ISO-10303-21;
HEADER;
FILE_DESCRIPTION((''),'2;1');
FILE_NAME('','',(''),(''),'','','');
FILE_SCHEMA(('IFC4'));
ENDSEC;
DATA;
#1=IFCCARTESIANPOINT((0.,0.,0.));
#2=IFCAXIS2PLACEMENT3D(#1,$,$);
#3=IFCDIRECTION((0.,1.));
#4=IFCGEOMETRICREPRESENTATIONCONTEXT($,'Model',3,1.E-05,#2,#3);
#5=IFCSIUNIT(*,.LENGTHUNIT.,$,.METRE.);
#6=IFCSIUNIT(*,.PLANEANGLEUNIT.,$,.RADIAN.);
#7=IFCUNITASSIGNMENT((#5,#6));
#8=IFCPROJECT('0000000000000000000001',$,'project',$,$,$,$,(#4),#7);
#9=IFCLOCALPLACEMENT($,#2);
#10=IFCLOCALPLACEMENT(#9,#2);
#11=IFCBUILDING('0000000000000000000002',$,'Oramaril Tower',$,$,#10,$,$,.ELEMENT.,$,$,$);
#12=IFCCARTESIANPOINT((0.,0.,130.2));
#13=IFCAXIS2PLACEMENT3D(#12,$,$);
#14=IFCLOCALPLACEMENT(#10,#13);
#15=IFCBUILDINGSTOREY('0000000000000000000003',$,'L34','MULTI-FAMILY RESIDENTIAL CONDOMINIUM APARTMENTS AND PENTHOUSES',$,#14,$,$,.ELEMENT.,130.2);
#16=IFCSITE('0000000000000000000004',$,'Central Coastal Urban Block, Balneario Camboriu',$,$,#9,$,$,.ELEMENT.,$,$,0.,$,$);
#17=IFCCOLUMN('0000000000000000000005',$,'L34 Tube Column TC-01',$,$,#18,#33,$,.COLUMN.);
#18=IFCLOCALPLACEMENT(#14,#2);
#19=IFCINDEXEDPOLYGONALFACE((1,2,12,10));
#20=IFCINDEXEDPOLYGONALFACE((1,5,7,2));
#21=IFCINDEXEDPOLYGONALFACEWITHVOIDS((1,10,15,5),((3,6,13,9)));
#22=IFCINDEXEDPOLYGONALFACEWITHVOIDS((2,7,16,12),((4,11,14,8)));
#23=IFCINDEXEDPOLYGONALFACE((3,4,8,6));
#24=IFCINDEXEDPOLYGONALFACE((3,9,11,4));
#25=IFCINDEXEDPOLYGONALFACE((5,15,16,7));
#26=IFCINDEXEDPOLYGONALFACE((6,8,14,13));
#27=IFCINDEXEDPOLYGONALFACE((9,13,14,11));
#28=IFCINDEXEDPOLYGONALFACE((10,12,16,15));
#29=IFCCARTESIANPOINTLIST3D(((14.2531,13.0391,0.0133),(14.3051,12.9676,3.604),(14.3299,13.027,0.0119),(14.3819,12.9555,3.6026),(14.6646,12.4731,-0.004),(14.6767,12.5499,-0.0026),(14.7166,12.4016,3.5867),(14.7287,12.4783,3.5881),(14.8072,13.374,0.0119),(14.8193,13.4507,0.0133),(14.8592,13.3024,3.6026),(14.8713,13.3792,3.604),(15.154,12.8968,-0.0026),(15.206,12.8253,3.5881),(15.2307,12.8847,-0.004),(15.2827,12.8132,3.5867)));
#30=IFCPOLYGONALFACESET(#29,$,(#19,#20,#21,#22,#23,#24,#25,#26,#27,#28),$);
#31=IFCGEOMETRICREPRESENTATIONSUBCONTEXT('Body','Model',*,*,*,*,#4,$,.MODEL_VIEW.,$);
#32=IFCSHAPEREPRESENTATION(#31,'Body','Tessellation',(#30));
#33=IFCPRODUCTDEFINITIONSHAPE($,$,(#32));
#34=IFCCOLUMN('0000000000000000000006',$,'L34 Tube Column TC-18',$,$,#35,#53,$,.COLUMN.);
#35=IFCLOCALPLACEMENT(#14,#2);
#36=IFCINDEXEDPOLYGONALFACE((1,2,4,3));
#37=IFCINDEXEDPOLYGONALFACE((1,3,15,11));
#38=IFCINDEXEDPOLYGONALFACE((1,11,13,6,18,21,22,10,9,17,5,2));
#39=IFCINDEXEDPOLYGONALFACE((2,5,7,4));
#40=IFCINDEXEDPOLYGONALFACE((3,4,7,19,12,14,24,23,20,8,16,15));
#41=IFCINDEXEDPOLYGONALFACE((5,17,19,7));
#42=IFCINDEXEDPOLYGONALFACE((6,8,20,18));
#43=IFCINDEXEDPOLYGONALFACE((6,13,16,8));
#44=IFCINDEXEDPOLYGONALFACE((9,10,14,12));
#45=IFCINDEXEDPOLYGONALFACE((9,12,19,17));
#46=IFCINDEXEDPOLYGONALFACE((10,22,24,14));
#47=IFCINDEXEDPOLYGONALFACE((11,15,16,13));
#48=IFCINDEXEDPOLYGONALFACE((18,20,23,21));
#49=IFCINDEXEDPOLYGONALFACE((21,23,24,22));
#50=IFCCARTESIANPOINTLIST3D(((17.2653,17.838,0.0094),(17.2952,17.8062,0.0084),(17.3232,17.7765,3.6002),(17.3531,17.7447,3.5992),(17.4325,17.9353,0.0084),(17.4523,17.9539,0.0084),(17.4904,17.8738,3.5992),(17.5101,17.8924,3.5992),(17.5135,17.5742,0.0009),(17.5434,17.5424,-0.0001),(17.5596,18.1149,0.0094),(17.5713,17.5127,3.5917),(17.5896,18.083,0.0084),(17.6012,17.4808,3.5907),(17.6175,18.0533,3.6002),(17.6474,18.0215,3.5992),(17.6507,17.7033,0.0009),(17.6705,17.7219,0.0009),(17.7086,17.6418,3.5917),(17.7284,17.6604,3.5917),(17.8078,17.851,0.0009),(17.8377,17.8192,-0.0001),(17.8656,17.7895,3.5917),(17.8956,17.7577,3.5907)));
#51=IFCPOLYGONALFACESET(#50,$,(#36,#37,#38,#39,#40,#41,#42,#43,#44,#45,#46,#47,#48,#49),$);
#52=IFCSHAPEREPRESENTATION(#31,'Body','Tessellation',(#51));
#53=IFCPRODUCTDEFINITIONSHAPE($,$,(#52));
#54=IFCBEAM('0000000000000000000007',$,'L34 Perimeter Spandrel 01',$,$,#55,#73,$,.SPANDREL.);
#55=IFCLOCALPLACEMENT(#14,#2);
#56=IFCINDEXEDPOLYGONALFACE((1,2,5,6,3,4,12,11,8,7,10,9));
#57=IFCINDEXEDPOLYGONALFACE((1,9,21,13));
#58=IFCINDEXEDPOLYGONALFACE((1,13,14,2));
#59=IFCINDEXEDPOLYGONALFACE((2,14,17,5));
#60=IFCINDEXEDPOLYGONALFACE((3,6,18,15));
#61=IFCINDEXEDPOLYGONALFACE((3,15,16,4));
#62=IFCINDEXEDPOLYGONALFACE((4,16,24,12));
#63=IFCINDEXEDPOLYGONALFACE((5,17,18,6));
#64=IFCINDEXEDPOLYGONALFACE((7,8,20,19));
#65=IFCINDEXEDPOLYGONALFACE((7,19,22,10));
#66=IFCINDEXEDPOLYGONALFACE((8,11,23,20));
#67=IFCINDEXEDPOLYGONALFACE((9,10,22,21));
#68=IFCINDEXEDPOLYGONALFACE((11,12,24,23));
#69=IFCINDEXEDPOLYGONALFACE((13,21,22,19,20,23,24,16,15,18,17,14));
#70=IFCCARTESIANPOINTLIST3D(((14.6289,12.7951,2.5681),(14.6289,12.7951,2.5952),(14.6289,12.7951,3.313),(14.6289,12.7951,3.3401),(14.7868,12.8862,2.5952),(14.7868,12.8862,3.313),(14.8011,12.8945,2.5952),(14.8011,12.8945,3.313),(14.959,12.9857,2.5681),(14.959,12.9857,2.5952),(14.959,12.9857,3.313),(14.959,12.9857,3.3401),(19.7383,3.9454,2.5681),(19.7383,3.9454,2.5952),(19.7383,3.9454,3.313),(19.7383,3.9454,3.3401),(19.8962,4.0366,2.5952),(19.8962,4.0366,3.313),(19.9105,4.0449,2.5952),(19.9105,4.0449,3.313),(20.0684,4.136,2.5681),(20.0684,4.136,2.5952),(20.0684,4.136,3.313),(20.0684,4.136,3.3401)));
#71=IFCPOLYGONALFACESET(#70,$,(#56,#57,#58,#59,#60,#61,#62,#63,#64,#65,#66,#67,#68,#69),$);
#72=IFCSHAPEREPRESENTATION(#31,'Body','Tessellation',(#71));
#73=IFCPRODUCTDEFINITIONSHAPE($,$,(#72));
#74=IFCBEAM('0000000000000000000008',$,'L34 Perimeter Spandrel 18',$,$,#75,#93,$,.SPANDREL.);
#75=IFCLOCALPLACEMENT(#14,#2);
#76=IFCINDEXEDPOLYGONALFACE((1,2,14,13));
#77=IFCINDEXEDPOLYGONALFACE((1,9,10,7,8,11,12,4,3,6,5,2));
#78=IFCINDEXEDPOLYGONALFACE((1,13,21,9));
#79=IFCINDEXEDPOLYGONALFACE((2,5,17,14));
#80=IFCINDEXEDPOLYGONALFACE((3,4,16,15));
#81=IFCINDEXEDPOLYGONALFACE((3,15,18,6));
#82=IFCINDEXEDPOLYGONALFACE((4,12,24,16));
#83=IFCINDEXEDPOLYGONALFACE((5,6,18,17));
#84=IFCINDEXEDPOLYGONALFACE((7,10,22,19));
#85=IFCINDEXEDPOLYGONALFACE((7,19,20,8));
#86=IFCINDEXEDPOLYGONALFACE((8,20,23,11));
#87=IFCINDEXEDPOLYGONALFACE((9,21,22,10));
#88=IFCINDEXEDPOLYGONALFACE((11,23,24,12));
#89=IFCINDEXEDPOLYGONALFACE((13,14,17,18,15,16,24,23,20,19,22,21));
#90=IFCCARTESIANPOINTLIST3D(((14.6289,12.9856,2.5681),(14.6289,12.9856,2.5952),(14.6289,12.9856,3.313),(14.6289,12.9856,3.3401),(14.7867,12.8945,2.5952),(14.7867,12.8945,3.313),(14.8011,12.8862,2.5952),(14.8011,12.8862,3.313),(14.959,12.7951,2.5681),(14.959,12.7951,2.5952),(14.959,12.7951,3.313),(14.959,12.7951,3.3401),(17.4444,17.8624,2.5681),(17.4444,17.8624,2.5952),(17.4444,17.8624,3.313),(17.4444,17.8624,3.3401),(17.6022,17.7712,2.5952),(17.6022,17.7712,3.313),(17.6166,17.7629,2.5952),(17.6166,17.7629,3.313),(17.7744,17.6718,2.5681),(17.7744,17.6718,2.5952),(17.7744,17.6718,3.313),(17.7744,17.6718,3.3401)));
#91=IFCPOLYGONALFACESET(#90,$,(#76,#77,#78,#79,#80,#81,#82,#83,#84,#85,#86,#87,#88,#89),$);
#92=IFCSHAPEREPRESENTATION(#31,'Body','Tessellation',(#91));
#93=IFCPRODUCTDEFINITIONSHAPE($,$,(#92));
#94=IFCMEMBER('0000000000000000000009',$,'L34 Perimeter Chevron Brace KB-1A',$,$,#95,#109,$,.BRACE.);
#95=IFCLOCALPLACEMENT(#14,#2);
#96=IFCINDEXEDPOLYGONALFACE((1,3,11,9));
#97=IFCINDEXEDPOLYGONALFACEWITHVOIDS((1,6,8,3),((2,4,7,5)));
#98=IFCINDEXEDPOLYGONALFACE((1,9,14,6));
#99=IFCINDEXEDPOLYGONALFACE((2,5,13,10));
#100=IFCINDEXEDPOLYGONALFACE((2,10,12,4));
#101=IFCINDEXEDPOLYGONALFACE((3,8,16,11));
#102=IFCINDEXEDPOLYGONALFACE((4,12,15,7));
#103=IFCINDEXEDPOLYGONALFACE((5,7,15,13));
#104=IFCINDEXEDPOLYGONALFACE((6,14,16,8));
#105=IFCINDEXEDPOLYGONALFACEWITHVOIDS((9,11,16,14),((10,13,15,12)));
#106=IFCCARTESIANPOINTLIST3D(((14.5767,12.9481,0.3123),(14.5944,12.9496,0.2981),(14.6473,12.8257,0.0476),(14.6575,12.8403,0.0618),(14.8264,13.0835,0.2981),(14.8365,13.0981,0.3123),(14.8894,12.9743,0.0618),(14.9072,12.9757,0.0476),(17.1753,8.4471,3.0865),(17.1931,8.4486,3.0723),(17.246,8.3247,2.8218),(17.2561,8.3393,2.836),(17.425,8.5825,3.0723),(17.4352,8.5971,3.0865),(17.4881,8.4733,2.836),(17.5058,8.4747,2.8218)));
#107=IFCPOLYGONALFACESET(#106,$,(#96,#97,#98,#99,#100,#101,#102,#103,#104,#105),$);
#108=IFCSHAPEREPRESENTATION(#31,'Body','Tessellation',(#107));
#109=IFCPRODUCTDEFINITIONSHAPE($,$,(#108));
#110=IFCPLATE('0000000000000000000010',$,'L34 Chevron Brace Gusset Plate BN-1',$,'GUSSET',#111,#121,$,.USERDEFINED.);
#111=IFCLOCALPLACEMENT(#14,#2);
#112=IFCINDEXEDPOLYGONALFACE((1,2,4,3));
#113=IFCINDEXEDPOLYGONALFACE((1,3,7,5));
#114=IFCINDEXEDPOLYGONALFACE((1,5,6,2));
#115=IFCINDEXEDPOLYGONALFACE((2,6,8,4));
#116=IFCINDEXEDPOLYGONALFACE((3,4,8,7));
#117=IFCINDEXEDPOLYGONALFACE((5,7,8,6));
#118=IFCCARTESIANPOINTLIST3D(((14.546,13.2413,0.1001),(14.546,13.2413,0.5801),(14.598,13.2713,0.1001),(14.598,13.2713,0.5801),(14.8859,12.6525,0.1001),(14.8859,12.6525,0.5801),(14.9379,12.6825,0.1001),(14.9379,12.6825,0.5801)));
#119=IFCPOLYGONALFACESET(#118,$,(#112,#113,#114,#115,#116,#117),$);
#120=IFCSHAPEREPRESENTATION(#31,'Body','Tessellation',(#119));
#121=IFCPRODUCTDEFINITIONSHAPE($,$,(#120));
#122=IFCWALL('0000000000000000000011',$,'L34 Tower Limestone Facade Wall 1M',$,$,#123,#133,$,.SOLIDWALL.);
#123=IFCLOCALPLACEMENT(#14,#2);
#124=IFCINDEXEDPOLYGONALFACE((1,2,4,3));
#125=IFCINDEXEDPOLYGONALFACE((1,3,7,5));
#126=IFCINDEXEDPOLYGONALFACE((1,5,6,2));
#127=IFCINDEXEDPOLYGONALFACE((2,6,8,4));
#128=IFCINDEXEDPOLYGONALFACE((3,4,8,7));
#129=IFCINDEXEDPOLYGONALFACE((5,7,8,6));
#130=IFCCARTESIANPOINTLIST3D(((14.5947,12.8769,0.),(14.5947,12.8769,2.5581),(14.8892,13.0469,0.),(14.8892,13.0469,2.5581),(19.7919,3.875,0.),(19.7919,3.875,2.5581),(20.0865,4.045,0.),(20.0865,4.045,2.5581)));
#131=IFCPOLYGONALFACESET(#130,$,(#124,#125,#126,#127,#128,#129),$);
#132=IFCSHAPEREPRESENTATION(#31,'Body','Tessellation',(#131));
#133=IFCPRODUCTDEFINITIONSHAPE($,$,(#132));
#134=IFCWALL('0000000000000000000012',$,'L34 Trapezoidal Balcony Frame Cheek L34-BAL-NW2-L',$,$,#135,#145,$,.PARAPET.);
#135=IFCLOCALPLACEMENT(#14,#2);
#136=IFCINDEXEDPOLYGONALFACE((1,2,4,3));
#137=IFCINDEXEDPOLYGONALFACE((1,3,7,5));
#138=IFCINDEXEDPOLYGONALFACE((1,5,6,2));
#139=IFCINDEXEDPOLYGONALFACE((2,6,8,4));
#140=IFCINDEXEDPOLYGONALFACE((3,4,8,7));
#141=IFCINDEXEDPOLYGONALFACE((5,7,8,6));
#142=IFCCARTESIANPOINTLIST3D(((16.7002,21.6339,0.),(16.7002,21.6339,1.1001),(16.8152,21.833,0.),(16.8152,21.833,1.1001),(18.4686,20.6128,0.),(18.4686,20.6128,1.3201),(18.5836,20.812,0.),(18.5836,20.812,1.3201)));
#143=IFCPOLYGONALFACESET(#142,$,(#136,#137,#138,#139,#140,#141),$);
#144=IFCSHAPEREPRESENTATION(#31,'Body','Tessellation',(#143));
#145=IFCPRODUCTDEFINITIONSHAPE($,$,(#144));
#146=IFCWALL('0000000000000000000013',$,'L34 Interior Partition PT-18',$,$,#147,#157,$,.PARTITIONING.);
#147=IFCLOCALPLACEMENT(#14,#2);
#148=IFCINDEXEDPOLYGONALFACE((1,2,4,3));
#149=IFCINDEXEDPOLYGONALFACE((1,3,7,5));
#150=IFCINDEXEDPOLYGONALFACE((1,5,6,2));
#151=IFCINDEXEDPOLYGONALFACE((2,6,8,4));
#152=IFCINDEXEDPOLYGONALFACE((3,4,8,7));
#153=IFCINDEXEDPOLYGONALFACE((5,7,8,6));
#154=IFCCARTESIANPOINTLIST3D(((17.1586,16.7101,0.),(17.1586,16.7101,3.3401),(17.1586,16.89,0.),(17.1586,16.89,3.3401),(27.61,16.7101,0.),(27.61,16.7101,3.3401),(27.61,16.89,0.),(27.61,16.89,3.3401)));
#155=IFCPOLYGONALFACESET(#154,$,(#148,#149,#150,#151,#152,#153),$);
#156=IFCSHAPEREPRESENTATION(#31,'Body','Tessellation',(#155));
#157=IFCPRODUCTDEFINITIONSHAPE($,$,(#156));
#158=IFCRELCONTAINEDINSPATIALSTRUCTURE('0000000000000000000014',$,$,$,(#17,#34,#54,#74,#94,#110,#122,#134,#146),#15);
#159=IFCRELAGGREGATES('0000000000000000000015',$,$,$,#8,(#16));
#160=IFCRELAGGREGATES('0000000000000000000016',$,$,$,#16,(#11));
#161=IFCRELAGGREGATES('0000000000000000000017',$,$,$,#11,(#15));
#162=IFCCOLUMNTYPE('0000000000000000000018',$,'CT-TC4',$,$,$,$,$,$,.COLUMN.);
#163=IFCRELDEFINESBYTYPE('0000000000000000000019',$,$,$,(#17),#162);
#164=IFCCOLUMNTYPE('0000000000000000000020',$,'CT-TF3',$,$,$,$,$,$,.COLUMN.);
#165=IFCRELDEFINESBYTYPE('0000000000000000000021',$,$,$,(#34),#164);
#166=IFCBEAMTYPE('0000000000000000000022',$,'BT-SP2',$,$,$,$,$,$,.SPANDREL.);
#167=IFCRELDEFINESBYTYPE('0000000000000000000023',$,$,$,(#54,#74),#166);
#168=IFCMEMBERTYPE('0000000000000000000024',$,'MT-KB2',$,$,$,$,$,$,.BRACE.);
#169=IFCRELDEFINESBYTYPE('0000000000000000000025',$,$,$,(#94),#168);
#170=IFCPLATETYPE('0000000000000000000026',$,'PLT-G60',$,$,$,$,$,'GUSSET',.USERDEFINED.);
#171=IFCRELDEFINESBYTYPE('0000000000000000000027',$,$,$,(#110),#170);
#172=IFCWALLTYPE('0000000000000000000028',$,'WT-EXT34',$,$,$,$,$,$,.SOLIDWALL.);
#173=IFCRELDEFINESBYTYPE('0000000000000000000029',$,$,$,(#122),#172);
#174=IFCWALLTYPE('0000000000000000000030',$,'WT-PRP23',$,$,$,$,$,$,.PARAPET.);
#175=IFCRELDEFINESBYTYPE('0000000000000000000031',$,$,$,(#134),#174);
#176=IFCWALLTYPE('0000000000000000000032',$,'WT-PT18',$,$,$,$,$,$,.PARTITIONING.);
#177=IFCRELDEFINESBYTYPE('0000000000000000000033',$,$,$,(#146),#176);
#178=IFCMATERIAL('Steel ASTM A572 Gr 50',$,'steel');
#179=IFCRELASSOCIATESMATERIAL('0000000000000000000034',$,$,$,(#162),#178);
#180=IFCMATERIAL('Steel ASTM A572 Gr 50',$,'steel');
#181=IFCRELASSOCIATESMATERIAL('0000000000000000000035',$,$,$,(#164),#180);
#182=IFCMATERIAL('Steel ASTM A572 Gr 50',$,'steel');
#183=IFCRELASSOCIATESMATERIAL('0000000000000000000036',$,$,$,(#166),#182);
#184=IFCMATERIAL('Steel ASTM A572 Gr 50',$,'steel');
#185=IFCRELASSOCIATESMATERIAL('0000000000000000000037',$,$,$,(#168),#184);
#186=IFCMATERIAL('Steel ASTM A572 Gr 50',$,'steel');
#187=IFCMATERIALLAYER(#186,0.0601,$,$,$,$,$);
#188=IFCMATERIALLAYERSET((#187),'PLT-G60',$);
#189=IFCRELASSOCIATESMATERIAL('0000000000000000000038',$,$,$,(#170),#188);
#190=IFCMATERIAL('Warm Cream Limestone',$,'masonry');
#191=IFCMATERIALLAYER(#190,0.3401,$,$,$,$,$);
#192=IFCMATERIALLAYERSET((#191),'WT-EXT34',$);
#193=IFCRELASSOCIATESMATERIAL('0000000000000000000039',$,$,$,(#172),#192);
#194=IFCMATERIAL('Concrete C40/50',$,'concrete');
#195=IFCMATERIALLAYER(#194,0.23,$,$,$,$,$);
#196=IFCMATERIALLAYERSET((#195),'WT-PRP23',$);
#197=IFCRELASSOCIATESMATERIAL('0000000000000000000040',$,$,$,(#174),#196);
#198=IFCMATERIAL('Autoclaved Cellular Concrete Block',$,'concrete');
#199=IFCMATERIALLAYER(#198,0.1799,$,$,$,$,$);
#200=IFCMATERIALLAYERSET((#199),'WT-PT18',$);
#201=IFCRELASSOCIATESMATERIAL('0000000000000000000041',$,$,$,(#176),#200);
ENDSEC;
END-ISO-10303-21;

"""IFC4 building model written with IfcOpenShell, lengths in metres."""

from ifc_helpers import new_model, si_unit, direction, frame, frame_2d, origin, origin_2d, place, context, subcontext, project, spatial, polyline, rectangle, hollow_rectangle, i_section, outline, extrude, material, layer, layer_set, material_profile, profile_set, type_object, element, save


model = new_model("IFC4")

# Units and contexts
model_context = context("Model", 3, precision=1e-05, world=origin(), true_north=direction((0.0, 1.0)))
body_context = subcontext(model_context, "Body", "Model", "MODEL_VIEW")
ifc_project = project(units=[si_unit("LENGTHUNIT", "METRE"), si_unit("PLANEANGLEUNIT", "RADIAN")], contexts=[model_context])

# Site, building, storey
site_placement = place(None, origin())
site = spatial("IfcSite", under=ifc_project, at=site_placement, Name="Central Coastal Urban Block, Balneario Camboriu", CompositionType="ELEMENT", RefElevation=0.0)
building_placement = place(site_placement, origin())
building = spatial("IfcBuilding", under=site, at=building_placement, Name="Oramaril Tower", CompositionType="ELEMENT")
storey_placement = place(building_placement, frame((0.0, 0.0, 130.2)))
storey = spatial("IfcBuildingStorey", under=building, at=storey_placement, Name="L34", Description="MULTI-FAMILY RESIDENTIAL CONDOMINIUM APARTMENTS AND PENTHOUSES", CompositionType="ELEMENT", Elevation=130.2)

# Columns
ifc_material_1 = material(Name="Steel ASTM A572 Gr 50", Category="steel")
ifc_material_profile_1 = material_profile(ifc_material_1, hollow_rectangle(XDim=0.7, YDim=0.7, WallThickness=0.0549, at=origin_2d()), Name="BOX700X700X55")
ifc_profile_set_1 = profile_set([ifc_material_profile_1], Name="Steel ASTM A572 Gr 50")
column_type_1 = type_object("IfcColumnType", Name="CT-TC4", PredefinedType="COLUMN", material=ifc_profile_set_1)
column_1_placement = place(storey_placement, frame((14.7419, 12.9619, 0.0046), z_axis=(0.014478, -0.019915, 0.999697), x_axis=(0.808855, 0.588008, 0.0)))
element("IfcColumn", 1, at=column_1_placement, inside=storey, type_object=column_type_1, Name="L34 Tube Column TC-01", PredefinedType="COLUMN", context=body_context, shape_type="SweptSolid", body=[
    extrude(hollow_rectangle(XDim=0.7, YDim=0.7, WallThickness=0.0549, at=origin_2d()), origin(), (0.0, 0.0, 1.0), 3.5918),
])
ifc_material_2 = material(Name="Steel ASTM A572 Gr 50", Category="steel")
ifc_material_profile_2 = material_profile(ifc_material_2, i_section(OverallWidth=0.4041, OverallDepth=0.406, WebThickness=0.0271, FlangeThickness=0.0437, at=origin_2d()), Name="W14X233")
ifc_profile_set_2 = profile_set([ifc_material_profile_2], Name="Steel ASTM A572 Gr 50")
column_type_2 = type_object("IfcColumnType", Name="CT-TF3", PredefinedType="COLUMN", material=ifc_profile_set_2)
column_2_placement = place(storey_placement, frame((17.5515, 17.8286, 0.0046), z_axis=(0.016109, -0.017129, 0.999724), x_axis=(0.728455, 0.685094, 0.0)))
element("IfcColumn", 2, at=column_2_placement, inside=storey, type_object=column_type_2, Name="L34 Tube Column TC-18", PredefinedType="COLUMN", context=body_context, shape_type="SweptSolid", body=[
    extrude(i_section(OverallWidth=0.4041, OverallDepth=0.406, WebThickness=0.0271, FlangeThickness=0.0437, at=origin_2d()), origin(), (0.0, 0.0, 1.0), 3.5918),
])

# Beams
ifc_material_3 = material(Name="Steel ASTM A572 Gr 50", Category="steel")
ifc_material_profile_3 = material_profile(ifc_material_3, i_section(OverallWidth=0.3811, OverallDepth=0.772, WebThickness=0.0166, FlangeThickness=0.0271, at=origin_2d()), Name="W30X173")
ifc_profile_set_3 = profile_set([ifc_material_profile_3], Name="Steel ASTM A572 Gr 50")
beam_type = type_object("IfcBeamType", Name="BT-SP2", PredefinedType="SPANDREL", material=ifc_profile_set_3)
beam_1_placement = place(storey_placement, frame((14.7939, 12.8904, 2.9541), z_axis=(0.500004, -0.866023, 0.0), x_axis=(0.866023, 0.500004, 0.0)))
element("IfcBeam", 3, at=beam_1_placement, inside=storey, type_object=beam_type, Name="L34 Perimeter Spandrel 01", PredefinedType="SPANDREL", context=body_context, shape_type="SweptSolid", body=[
    extrude(i_section(OverallWidth=0.3811, OverallDepth=0.772, WebThickness=0.0166, FlangeThickness=0.0271, at=origin_2d()), origin(), (0.0, 0.0, 1.0), 10.2188),
])
beam_2_placement = place(storey_placement, frame((17.6094, 17.7671, 2.9541), z_axis=(-0.499981, -0.866036, 0.0), x_axis=(0.866036, -0.499981, 0.0)))
element("IfcBeam", 4, at=beam_2_placement, inside=storey, type_object=beam_type, Name="L34 Perimeter Spandrel 18", PredefinedType="SPANDREL", context=body_context, shape_type="SweptSolid", body=[
    extrude(i_section(OverallWidth=0.3811, OverallDepth=0.772, WebThickness=0.0166, FlangeThickness=0.0271, at=origin_2d()), origin(), (0.0, 0.0, 1.0), 5.6311),
])

# Member
ifc_material_4 = material(Name="Steel ASTM A572 Gr 50", Category="steel")
ifc_material_profile_4 = material_profile(ifc_material_4, hollow_rectangle(XDim=0.3, YDim=0.3, WallThickness=0.0161, at=origin_2d()), Name="HSS300X300X16")
ifc_profile_set_4 = profile_set([ifc_material_profile_4], Name="Steel ASTM A572 Gr 50")
member_type = type_object("IfcMemberType", Name="MT-KB2", PredefinedType="BRACE", material=ifc_profile_set_4)
member_placement = place(storey_placement, frame((14.7419, 12.9619, 0.1799), z_axis=(0.441095, -0.764001, 0.470891), x_axis=(0.866026, 0.499999, 0.0)))
element("IfcMember", 5, at=member_placement, inside=storey, type_object=member_type, Name="L34 Perimeter Chevron Brace KB-1A", PredefinedType="BRACE", context=body_context, shape_type="SweptSolid", body=[
    extrude(hollow_rectangle(XDim=0.3, YDim=0.3, WallThickness=0.0161, at=origin_2d()), origin(), (0.0, 0.0, 1.0), 5.8914),
])

# Plate
ifc_material_5 = material(Name="Steel ASTM A572 Gr 50", Category="steel")
ifc_layer_1 = layer(ifc_material_5, 0.0601)
ifc_layer_set_1 = layer_set([ifc_layer_1], Name="PLT-G60")
plate_type = type_object("IfcPlateType", Name="PLT-G60", ElementType="GUSSET", PredefinedType="USERDEFINED", material=ifc_layer_set_1)
plate_placement = place(storey_placement, frame((14.7419, 12.9619, 0.1001), z_axis=(0.0, 0.0, 1.0), x_axis=(0.5, -0.866025, 0.0)))
element("IfcPlate", 6, at=plate_placement, inside=storey, type_object=plate_type, Name="L34 Chevron Brace Gusset Plate BN-1", ObjectType="GUSSET", PredefinedType="USERDEFINED", context=body_context, shape_type="SweptSolid", body=[
    extrude(rectangle(XDim=0.6799, YDim=0.0601, at=origin_2d()), origin(), (0.0, 0.0, 1.0), 0.48),
])

# Walls
ifc_material_6 = material(Name="Warm Cream Limestone", Category="masonry")
ifc_layer_2 = layer(ifc_material_6, 0.3401)
ifc_layer_set_2 = layer_set([ifc_layer_2], Name="WT-EXT34")
wall_type_1 = type_object("IfcWallType", Name="WT-EXT34", PredefinedType="SOLIDWALL", material=ifc_layer_set_2)
wall_1_placement = place(storey_placement, frame((14.7419, 12.9619, 0.0), z_axis=(0.0, 0.0, 1.0), x_axis=(0.499999, -0.866026, 0.0)))
element("IfcWall", 7, at=wall_1_placement, inside=storey, type_object=wall_type_1, Name="L34 Tower Limestone Facade Wall 1M", PredefinedType="SOLIDWALL", context=body_context, shape_type="SweptSolid", body=[
    extrude(rectangle(XDim=10.3945, YDim=0.3401, at=frame_2d((5.1973, 0.0))), origin(), (0.0, 0.0, 1.0), 2.5581),
])
ifc_material_7 = material(Name="Concrete C40/50", Category="concrete")
ifc_layer_3 = layer(ifc_material_7, 0.23)
ifc_layer_set_3 = layer_set([ifc_layer_3], Name="WT-PRP23")
wall_type_2 = type_object("IfcWallType", Name="WT-PRP23", PredefinedType="PARAPET", material=ifc_layer_set_3)
wall_2_placement = place(storey_placement, frame((18.5261, 20.7124, 0.0), z_axis=(0.0, 0.0, 1.0), x_axis=(-0.866012, 0.500023, 0.0)))
element("IfcWall", 8, at=wall_2_placement, inside=storey, type_object=wall_type_2, Name="L34 Trapezoidal Balcony Frame Cheek L34-BAL-NW2-L", PredefinedType="PARAPET", context=body_context, shape_type="SweptSolid", body=[
    extrude(outline(polyline([(0.0, 0.0), (2.042, 0.0), (2.042, 1.1001), (0.0, 1.3201), (0.0, 0.0)])), frame((0.0, 0.115, 0.0), z_axis=(0.0, -1.0, 0.0), x_axis=(1.0, 0.0, 0.0)), (0.0, 0.0, 1.0), 0.23),
])
ifc_material_8 = material(Name="Autoclaved Cellular Concrete Block", Category="concrete")
ifc_layer_4 = layer(ifc_material_8, 0.1799)
ifc_layer_set_4 = layer_set([ifc_layer_4], Name="WT-PT18")
wall_type_3 = type_object("IfcWallType", Name="WT-PT18", PredefinedType="PARTITIONING", material=ifc_layer_set_4)
wall_3_placement = place(storey_placement, frame((17.1587, 16.8, 0.0), z_axis=(0.0, 0.0, 1.0), x_axis=(1.0, 0.0, 0.0)))
element("IfcWall", 9, at=wall_3_placement, inside=storey, type_object=wall_type_3, Name="L34 Interior Partition PT-18", PredefinedType="PARTITIONING", context=body_context, shape_type="SweptSolid", body=[
    extrude(rectangle(XDim=10.4514, YDim=0.1799, at=frame_2d((5.2256, 0.0))), origin(), (0.0, 0.0, 1.0), 3.3401),
])

save(model, "model.ifc")
